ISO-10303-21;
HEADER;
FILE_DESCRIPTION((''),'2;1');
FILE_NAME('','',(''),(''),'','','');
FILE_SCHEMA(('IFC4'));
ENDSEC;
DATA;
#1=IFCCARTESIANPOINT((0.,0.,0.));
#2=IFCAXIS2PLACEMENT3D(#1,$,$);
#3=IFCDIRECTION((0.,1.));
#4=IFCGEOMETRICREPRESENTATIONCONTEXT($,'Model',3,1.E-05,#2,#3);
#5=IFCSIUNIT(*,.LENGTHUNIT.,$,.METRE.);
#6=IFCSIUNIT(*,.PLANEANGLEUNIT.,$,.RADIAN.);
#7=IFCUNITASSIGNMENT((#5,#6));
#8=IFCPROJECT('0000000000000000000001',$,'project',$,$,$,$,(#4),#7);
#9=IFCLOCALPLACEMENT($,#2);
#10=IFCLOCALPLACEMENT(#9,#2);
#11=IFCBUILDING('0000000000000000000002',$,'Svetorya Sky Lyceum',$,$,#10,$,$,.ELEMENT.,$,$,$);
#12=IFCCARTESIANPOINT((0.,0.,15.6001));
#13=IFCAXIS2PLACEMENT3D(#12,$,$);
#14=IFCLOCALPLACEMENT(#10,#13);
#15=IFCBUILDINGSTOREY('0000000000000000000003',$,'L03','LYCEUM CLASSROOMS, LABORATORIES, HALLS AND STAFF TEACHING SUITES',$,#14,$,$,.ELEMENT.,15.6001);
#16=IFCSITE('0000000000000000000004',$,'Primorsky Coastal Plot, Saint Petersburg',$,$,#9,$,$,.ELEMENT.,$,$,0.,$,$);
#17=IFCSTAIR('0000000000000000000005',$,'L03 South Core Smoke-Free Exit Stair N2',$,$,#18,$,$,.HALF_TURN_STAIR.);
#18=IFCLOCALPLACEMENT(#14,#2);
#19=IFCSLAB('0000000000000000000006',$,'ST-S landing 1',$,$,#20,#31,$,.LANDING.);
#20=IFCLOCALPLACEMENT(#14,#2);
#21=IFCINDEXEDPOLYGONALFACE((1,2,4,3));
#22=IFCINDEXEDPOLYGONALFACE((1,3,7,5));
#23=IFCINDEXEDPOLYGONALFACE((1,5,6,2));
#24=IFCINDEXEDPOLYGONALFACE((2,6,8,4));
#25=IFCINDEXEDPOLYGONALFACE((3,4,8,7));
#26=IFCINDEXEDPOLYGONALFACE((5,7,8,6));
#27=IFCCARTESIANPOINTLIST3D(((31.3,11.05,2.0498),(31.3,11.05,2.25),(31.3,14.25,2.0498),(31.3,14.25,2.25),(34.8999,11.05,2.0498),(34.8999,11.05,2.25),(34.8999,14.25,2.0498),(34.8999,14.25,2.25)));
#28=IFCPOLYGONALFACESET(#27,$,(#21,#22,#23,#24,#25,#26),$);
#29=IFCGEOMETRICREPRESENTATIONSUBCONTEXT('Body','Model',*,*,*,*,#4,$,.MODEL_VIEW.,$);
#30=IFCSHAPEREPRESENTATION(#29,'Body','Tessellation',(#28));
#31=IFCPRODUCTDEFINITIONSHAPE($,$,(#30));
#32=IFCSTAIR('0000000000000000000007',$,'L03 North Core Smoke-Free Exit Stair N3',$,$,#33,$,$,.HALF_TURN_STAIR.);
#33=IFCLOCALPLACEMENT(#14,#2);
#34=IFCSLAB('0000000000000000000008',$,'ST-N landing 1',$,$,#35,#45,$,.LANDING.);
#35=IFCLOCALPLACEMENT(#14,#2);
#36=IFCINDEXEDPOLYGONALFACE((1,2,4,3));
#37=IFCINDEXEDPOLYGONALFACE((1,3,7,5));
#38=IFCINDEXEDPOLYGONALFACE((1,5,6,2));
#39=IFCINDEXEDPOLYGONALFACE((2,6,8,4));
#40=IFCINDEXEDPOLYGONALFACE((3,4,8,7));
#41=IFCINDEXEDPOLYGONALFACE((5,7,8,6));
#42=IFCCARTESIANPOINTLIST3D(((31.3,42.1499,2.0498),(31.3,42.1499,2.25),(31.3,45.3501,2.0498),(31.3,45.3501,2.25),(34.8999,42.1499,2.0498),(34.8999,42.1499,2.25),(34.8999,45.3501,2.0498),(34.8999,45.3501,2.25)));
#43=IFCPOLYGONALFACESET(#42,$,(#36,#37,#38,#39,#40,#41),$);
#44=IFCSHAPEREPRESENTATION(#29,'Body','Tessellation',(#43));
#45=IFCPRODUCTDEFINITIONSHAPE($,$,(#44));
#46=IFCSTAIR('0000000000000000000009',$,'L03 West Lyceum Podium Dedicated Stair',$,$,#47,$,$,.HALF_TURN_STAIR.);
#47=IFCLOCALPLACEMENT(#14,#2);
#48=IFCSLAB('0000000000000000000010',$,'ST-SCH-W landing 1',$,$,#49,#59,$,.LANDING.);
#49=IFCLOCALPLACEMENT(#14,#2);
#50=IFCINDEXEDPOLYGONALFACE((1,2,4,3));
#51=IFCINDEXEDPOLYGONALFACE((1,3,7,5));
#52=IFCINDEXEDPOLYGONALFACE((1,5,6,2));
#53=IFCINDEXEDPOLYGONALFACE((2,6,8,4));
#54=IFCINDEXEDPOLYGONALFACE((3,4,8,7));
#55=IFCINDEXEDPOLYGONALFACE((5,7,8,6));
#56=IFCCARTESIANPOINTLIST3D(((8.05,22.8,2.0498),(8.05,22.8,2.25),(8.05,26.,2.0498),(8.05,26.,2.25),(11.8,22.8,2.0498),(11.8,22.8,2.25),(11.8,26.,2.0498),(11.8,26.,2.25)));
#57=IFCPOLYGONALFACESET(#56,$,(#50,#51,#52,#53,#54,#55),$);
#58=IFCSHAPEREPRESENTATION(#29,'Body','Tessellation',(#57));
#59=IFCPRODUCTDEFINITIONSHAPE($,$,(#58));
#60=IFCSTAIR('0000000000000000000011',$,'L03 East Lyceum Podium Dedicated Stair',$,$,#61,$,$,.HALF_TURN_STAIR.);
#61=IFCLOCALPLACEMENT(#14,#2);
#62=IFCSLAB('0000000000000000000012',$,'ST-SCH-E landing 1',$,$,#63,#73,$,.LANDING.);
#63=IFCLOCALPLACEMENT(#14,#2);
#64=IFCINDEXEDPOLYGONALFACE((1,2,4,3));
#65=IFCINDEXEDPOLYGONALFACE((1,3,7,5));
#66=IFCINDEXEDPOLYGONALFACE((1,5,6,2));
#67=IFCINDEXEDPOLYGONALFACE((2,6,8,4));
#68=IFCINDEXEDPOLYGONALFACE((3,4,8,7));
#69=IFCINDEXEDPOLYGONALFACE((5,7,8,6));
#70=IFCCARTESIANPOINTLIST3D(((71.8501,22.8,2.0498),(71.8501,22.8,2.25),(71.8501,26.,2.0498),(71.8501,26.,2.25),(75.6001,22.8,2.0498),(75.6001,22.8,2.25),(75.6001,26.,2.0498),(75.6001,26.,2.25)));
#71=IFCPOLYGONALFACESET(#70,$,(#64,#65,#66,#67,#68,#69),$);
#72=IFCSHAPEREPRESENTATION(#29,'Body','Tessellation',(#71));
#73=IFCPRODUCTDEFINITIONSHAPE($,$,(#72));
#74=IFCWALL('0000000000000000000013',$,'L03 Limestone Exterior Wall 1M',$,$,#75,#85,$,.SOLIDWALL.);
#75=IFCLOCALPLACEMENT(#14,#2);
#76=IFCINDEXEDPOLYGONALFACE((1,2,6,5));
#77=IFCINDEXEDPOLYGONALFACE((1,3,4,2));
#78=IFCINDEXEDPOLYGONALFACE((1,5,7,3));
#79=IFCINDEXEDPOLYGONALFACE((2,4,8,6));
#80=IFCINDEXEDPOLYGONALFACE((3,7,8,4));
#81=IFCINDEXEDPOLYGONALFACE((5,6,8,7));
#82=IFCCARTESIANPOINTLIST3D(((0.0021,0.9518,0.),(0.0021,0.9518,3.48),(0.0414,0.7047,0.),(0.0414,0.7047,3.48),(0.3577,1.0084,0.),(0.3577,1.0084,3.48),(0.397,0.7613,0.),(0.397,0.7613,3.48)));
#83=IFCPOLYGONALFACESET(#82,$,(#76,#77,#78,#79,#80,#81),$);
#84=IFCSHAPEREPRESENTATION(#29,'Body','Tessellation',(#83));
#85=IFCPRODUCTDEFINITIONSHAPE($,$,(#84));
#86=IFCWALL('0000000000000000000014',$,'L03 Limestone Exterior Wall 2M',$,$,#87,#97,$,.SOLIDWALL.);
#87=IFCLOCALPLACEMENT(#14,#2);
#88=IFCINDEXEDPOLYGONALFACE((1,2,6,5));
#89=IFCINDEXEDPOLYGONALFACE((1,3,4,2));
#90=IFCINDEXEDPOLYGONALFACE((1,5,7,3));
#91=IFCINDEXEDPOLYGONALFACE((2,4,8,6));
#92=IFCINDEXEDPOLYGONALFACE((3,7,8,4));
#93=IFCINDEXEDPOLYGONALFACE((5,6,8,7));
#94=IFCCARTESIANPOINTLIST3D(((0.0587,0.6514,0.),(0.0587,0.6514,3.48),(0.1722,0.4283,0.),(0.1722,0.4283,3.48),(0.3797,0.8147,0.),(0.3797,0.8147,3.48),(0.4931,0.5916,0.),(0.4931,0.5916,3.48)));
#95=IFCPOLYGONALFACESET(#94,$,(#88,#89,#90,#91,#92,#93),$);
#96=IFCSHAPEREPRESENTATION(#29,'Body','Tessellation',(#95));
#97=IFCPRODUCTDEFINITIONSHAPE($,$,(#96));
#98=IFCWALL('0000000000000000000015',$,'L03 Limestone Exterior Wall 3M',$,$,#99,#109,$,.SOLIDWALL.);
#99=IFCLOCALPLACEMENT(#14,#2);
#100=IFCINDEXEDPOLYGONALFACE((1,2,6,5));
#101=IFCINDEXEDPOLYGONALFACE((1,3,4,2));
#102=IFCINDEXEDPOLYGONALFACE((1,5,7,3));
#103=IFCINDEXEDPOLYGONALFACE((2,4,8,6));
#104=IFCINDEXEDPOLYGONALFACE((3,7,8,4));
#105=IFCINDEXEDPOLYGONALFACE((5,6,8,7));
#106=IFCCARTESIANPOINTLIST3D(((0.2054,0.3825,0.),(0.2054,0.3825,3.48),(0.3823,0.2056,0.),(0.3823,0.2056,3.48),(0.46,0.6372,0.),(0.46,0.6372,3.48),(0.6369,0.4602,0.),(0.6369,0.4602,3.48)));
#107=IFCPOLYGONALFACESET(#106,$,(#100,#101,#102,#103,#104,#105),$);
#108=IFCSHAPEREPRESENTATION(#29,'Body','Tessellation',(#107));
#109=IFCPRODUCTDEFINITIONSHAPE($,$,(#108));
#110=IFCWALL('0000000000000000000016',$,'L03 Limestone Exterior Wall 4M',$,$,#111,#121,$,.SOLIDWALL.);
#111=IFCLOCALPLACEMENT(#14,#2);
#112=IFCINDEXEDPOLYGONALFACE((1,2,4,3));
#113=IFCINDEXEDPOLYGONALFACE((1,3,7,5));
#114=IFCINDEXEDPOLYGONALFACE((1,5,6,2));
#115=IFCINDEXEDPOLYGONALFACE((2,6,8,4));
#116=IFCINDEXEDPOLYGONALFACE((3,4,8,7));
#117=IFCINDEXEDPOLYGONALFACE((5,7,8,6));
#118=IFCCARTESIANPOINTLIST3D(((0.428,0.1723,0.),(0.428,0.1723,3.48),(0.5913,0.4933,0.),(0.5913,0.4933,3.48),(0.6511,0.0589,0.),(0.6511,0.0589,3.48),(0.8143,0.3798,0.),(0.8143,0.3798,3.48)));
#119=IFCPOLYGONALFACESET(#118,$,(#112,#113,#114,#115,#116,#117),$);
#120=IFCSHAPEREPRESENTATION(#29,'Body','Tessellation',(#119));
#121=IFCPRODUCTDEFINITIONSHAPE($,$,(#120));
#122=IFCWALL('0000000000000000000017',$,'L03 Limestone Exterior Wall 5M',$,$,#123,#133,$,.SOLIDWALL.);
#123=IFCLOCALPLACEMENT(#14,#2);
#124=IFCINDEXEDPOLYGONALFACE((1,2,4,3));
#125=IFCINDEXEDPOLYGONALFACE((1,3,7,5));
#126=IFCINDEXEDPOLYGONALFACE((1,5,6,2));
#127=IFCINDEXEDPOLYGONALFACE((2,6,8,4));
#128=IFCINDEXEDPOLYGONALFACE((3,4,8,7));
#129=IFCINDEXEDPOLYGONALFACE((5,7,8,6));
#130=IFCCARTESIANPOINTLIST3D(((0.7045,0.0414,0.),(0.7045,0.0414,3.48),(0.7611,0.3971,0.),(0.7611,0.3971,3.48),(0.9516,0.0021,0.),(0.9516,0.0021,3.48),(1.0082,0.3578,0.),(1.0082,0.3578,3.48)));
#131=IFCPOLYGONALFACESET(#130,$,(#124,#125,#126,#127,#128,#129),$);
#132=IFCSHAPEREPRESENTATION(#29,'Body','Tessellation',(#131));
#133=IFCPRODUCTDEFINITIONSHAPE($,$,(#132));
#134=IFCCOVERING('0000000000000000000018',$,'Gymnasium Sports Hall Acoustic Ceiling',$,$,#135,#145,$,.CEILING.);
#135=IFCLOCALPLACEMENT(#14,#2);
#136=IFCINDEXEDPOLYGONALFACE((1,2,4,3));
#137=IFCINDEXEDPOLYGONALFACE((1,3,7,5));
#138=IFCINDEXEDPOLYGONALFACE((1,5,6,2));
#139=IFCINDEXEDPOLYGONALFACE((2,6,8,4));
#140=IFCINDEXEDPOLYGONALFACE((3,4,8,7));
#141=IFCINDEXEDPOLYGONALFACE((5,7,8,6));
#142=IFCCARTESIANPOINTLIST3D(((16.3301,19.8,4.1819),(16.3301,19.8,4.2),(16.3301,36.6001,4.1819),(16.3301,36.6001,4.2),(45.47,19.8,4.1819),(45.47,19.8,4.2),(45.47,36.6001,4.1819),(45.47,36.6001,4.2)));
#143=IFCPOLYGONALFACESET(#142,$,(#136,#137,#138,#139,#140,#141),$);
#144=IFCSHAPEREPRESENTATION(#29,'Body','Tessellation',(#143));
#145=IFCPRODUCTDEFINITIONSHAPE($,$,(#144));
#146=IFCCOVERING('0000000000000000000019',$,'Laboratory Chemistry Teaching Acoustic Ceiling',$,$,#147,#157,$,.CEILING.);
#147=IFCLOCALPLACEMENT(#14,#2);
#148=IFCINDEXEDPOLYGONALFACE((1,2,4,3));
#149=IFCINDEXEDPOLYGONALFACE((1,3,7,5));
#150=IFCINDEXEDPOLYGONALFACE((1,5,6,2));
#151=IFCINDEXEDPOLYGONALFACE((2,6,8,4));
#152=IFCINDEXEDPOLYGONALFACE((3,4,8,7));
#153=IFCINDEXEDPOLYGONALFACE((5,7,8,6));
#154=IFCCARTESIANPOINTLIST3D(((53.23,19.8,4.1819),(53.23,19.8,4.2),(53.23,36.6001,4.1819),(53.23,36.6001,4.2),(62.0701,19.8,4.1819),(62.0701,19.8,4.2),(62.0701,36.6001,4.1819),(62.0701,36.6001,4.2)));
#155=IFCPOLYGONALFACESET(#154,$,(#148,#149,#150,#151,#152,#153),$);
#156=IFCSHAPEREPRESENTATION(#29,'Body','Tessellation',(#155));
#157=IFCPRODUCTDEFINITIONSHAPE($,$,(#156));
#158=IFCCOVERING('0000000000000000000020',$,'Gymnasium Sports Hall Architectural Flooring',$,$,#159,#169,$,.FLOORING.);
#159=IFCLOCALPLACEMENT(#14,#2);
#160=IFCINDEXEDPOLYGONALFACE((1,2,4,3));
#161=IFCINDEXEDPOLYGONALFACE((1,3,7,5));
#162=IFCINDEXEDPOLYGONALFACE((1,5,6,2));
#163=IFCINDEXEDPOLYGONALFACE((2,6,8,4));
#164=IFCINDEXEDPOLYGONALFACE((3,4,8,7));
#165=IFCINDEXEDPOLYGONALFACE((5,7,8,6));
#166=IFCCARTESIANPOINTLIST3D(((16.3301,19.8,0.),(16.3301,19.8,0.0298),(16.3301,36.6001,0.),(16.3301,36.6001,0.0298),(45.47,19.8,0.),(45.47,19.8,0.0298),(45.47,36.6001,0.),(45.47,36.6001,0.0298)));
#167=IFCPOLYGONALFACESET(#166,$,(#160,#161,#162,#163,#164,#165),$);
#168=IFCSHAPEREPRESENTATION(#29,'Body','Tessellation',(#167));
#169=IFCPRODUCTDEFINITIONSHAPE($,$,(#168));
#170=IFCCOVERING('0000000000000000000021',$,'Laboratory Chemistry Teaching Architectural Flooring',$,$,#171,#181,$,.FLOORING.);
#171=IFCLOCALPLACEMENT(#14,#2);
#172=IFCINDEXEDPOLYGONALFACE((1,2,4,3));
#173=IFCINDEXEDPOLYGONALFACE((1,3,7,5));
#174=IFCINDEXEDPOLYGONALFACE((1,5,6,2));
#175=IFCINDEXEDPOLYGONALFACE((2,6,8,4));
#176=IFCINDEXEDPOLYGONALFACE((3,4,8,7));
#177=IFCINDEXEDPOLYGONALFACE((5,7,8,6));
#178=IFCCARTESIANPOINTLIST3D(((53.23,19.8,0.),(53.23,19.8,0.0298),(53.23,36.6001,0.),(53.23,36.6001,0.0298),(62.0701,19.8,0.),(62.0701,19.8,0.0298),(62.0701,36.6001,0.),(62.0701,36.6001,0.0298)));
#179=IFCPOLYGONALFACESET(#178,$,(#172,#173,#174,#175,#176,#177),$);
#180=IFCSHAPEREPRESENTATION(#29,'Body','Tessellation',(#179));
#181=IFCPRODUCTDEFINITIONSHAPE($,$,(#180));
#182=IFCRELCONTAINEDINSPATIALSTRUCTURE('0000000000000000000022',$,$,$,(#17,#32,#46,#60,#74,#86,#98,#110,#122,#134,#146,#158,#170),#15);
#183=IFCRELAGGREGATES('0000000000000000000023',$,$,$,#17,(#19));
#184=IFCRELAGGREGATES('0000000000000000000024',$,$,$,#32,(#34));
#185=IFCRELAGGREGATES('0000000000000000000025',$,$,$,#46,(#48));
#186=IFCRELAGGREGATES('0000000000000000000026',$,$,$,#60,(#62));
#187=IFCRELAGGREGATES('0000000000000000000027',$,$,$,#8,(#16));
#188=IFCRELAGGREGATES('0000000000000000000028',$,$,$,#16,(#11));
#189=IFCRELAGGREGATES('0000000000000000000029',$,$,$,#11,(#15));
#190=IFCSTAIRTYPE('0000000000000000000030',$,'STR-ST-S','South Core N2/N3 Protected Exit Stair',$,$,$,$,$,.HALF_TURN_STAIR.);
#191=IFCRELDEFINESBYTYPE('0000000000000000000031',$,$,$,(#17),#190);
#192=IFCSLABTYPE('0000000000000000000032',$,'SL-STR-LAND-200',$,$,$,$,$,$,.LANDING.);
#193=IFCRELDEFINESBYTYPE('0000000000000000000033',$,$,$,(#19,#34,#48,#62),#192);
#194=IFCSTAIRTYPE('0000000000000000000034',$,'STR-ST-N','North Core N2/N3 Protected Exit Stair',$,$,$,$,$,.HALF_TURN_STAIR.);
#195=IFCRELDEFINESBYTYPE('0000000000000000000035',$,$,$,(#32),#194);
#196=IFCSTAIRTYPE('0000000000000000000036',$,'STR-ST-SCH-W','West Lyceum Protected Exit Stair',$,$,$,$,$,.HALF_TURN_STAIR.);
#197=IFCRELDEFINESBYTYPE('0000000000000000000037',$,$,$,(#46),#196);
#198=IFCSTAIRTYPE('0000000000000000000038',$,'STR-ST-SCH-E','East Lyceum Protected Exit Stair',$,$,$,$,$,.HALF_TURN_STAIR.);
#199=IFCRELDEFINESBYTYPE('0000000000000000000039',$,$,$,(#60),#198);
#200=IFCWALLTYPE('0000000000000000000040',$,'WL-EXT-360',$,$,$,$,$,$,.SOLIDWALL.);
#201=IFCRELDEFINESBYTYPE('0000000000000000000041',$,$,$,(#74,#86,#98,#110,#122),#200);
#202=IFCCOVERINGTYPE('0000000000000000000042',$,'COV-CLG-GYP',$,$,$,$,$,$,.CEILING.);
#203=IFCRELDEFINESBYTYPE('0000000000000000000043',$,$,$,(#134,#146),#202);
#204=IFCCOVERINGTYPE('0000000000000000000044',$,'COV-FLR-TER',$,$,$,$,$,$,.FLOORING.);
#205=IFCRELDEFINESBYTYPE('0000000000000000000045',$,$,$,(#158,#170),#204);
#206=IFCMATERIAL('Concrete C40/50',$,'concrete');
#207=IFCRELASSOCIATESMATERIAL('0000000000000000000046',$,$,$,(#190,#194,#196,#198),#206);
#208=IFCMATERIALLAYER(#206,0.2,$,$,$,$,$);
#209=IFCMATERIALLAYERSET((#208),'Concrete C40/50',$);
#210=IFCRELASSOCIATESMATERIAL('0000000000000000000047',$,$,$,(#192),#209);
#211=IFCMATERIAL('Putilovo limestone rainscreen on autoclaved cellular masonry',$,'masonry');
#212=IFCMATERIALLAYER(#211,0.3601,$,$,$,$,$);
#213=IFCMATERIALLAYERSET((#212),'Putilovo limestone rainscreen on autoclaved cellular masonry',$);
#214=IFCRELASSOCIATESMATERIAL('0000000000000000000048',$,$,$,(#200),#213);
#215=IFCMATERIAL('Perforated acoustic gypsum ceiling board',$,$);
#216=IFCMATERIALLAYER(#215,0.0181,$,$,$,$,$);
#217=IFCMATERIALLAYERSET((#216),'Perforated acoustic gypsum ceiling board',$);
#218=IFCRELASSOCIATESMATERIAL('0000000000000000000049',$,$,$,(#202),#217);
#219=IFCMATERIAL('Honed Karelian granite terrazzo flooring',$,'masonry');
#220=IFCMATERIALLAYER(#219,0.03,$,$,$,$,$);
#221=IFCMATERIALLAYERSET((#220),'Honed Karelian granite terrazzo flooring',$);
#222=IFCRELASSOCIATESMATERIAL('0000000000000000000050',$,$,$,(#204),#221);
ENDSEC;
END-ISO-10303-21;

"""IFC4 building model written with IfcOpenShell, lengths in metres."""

from ifc_helpers import new_model, si_unit, direction, frame, frame_2d, origin, place, context, subcontext, project, spatial, polyline, rectangle, outline, extrude, material, layer, layer_set, type_object, element, aggregate, save


model = new_model("IFC4")

# Units and contexts
model_context = context("Model", 3, precision=1e-05, world=origin(), true_north=direction((0.0, 1.0)))
body_context = subcontext(model_context, "Body", "Model", "MODEL_VIEW")
ifc_project = project(units=[si_unit("LENGTHUNIT", "METRE"), si_unit("PLANEANGLEUNIT", "RADIAN")], contexts=[model_context])

# Site, building, storey
site_placement = place(None, origin())
site = spatial("IfcSite", under=ifc_project, at=site_placement, Name="Primorsky Coastal Plot, Saint Petersburg", CompositionType="ELEMENT", RefElevation=0.0)
building_placement = place(site_placement, origin())
building = spatial("IfcBuilding", under=site, at=building_placement, Name="Svetorya Sky Lyceum", CompositionType="ELEMENT")
storey_placement = place(building_placement, frame((0.0, 0.0, 15.6001)))
storey = spatial("IfcBuildingStorey", under=building, at=storey_placement, Name="L03", Description="LYCEUM CLASSROOMS, LABORATORIES, HALLS AND STAFF TEACHING SUITES", CompositionType="ELEMENT", Elevation=15.6001)

# Shared definitions
ifc_material_1 = material(Name="Concrete C40/50", Category="concrete")

# Stairs, slabs
stair_type_1 = type_object("IfcStairType", Name="STR-ST-S", Description="South Core N2/N3 Protected Exit Stair", PredefinedType="HALF_TURN_STAIR", material=ifc_material_1)
stair_1_placement = place(storey_placement, origin())
stair_1 = element("IfcStair", 1, at=stair_1_placement, inside=storey, type_object=stair_type_1, Name="L03 South Core Smoke-Free Exit Stair N2", PredefinedType="HALF_TURN_STAIR")
ifc_layer_1 = layer(ifc_material_1, 0.2)
ifc_layer_set_1 = layer_set([ifc_layer_1], Name="Concrete C40/50")
slab_type_1 = type_object("IfcSlabType", Name="SL-STR-LAND-200", PredefinedType="LANDING", material=ifc_layer_set_1)
slab_1_placement = place(storey_placement, frame((0.0, 0.0, 2.0498)))
slab_1 = element("IfcSlab", 2, at=slab_1_placement, type_object=slab_type_1, Name="ST-S landing 1", PredefinedType="LANDING", context=body_context, shape_type="SweptSolid", body=[
    extrude(outline(polyline([(31.3, 11.05), (34.8999, 11.05), (34.8999, 14.25), (31.3, 14.25), (31.3, 11.05)])), origin(), (0.0, 0.0, 1.0), 0.2002),
])
aggregate(stair_1, [slab_1])
stair_type_2 = type_object("IfcStairType", Name="STR-ST-N", Description="North Core N2/N3 Protected Exit Stair", PredefinedType="HALF_TURN_STAIR", material=ifc_material_1)
stair_2_placement = place(storey_placement, origin())
stair_2 = element("IfcStair", 3, at=stair_2_placement, inside=storey, type_object=stair_type_2, Name="L03 North Core Smoke-Free Exit Stair N3", PredefinedType="HALF_TURN_STAIR")
slab_2_placement = place(storey_placement, frame((0.0, 0.0, 2.0498)))
slab_2 = element("IfcSlab", 4, at=slab_2_placement, type_object=slab_type_1, Name="ST-N landing 1", PredefinedType="LANDING", context=body_context, shape_type="SweptSolid", body=[
    extrude(outline(polyline([(31.3, 42.1499), (34.8999, 42.1499), (34.8999, 45.3501), (31.3, 45.3501), (31.3, 42.1499)])), origin(), (0.0, 0.0, 1.0), 0.2002),
])
aggregate(stair_2, [slab_2])
stair_type_3 = type_object("IfcStairType", Name="STR-ST-SCH-W", Description="West Lyceum Protected Exit Stair", PredefinedType="HALF_TURN_STAIR", material=ifc_material_1)
stair_3_placement = place(storey_placement, origin())
stair_3 = element("IfcStair", 5, at=stair_3_placement, inside=storey, type_object=stair_type_3, Name="L03 West Lyceum Podium Dedicated Stair", PredefinedType="HALF_TURN_STAIR")
slab_3_placement = place(storey_placement, frame((0.0, 0.0, 2.0498)))
slab_3 = element("IfcSlab", 6, at=slab_3_placement, type_object=slab_type_1, Name="ST-SCH-W landing 1", PredefinedType="LANDING", context=body_context, shape_type="SweptSolid", body=[
    extrude(outline(polyline([(8.05, 22.8), (11.8, 22.8), (11.8, 26.0), (8.05, 26.0), (8.05, 22.8)])), origin(), (0.0, 0.0, 1.0), 0.2002),
])
aggregate(stair_3, [slab_3])
stair_type_4 = type_object("IfcStairType", Name="STR-ST-SCH-E", Description="East Lyceum Protected Exit Stair", PredefinedType="HALF_TURN_STAIR", material=ifc_material_1)
stair_4_placement = place(storey_placement, origin())
stair_4 = element("IfcStair", 7, at=stair_4_placement, inside=storey, type_object=stair_type_4, Name="L03 East Lyceum Podium Dedicated Stair", PredefinedType="HALF_TURN_STAIR")
slab_4_placement = place(storey_placement, frame((0.0, 0.0, 2.0498)))
slab_4 = element("IfcSlab", 8, at=slab_4_placement, type_object=slab_type_1, Name="ST-SCH-E landing 1", PredefinedType="LANDING", context=body_context, shape_type="SweptSolid", body=[
    extrude(outline(polyline([(71.8501, 22.8), (75.6001, 22.8), (75.6001, 26.0), (71.8501, 26.0), (71.8501, 22.8)])), origin(), (0.0, 0.0, 1.0), 0.2002),
])
aggregate(stair_4, [slab_4])

# Walls
ifc_material_2 = material(Name="Putilovo limestone rainscreen on autoclaved cellular masonry", Category="masonry")
ifc_layer_2 = layer(ifc_material_2, 0.3601)
ifc_layer_set_2 = layer_set([ifc_layer_2], Name="Putilovo limestone rainscreen on autoclaved cellular masonry")
wall_type = type_object("IfcWallType", Name="WL-EXT-360", PredefinedType="SOLIDWALL", material=ifc_layer_set_2)
for number, where, z_axis, x_axis, name in (
    (9, (0.1799, 0.98, 0.0), (0.0, 0.0, 1.0), (0.157115, -0.98758, 0.0), "L03 Limestone Exterior Wall 1M"),
    (10, (0.2192, 0.7329, 0.0), (0.0, 0.0, 1.0), (0.453444, -0.891285, 0.0), "L03 Limestone Exterior Wall 2M"),
    (11, (0.3328, 0.5098, 0.0), (0.0, 0.0, 1.0), (0.707107, -0.707107, 0.0), "L03 Limestone Exterior Wall 3M"),
    (12, (0.5098, 0.3328, 0.0), (0.0, 0.0, 1.0), (0.891285, -0.453444, 0.0), "L03 Limestone Exterior Wall 4M"),
    (13, (0.7329, 0.2192, 0.0), (0.0, 0.0, 1.0), (0.98758, -0.157115, 0.0), "L03 Limestone Exterior Wall 5M"),
):
    element("IfcWall", number, at=place(storey_placement, frame(where, z_axis=z_axis, x_axis=x_axis)), inside=storey, type_object=wall_type, Name=name, PredefinedType="SOLIDWALL", context=body_context, shape_type="SweptSolid", body=[
        extrude(rectangle(XDim=0.2502, YDim=0.3601, at=frame_2d((0.125, 0.0))), origin(), (0.0, 0.0, 1.0), 3.48),
    ])

# Coverings
ifc_material_3 = material(Name="Perforated acoustic gypsum ceiling board")
ifc_layer_3 = layer(ifc_material_3, 0.0181)
ifc_layer_set_3 = layer_set([ifc_layer_3], Name="Perforated acoustic gypsum ceiling board")
covering_type_1 = type_object("IfcCoveringType", Name="COV-CLG-GYP", PredefinedType="CEILING", material=ifc_layer_set_3)
covering_1_placement = place(storey_placement, frame((0.0, 0.0, 4.1819)))
element("IfcCovering", 14, at=covering_1_placement, inside=storey, type_object=covering_type_1, Name="Gymnasium Sports Hall Acoustic Ceiling", PredefinedType="CEILING", context=body_context, shape_type="SweptSolid", body=[
    extrude(outline(polyline([(16.3301, 19.8), (45.47, 19.8), (45.47, 36.6001), (16.3301, 36.6001), (16.3301, 19.8)])), origin(), (0.0, 0.0, 1.0), 0.0181),
])
covering_2_placement = place(storey_placement, frame((0.0, 0.0, 4.1819)))
element("IfcCovering", 15, at=covering_2_placement, inside=storey, type_object=covering_type_1, Name="Laboratory Chemistry Teaching Acoustic Ceiling", PredefinedType="CEILING", context=body_context, shape_type="SweptSolid", body=[
    extrude(outline(polyline([(53.23, 19.8), (62.0701, 19.8), (62.0701, 36.6001), (53.23, 36.6001), (53.23, 19.8)])), origin(), (0.0, 0.0, 1.0), 0.0181),
])
ifc_material_4 = material(Name="Honed Karelian granite terrazzo flooring", Category="masonry")
ifc_layer_4 = layer(ifc_material_4, 0.03)
ifc_layer_set_4 = layer_set([ifc_layer_4], Name="Honed Karelian granite terrazzo flooring")
covering_type_2 = type_object("IfcCoveringType", Name="COV-FLR-TER", PredefinedType="FLOORING", material=ifc_layer_set_4)
covering_3_placement = place(storey_placement, origin())
element("IfcCovering", 16, at=covering_3_placement, inside=storey, type_object=covering_type_2, Name="Gymnasium Sports Hall Architectural Flooring", PredefinedType="FLOORING", context=body_context, shape_type="SweptSolid", body=[
    extrude(outline(polyline([(16.3301, 19.8), (45.47, 19.8), (45.47, 36.6001), (16.3301, 36.6001), (16.3301, 19.8)])), origin(), (0.0, 0.0, 1.0), 0.0298),
])
covering_4_placement = place(storey_placement, origin())
element("IfcCovering", 17, at=covering_4_placement, inside=storey, type_object=covering_type_2, Name="Laboratory Chemistry Teaching Architectural Flooring", PredefinedType="FLOORING", context=body_context, shape_type="SweptSolid", body=[
    extrude(outline(polyline([(53.23, 19.8), (62.0701, 19.8), (62.0701, 36.6001), (53.23, 36.6001), (53.23, 19.8)])), origin(), (0.0, 0.0, 1.0), 0.0298),
])

save(model, "model.ifc")
